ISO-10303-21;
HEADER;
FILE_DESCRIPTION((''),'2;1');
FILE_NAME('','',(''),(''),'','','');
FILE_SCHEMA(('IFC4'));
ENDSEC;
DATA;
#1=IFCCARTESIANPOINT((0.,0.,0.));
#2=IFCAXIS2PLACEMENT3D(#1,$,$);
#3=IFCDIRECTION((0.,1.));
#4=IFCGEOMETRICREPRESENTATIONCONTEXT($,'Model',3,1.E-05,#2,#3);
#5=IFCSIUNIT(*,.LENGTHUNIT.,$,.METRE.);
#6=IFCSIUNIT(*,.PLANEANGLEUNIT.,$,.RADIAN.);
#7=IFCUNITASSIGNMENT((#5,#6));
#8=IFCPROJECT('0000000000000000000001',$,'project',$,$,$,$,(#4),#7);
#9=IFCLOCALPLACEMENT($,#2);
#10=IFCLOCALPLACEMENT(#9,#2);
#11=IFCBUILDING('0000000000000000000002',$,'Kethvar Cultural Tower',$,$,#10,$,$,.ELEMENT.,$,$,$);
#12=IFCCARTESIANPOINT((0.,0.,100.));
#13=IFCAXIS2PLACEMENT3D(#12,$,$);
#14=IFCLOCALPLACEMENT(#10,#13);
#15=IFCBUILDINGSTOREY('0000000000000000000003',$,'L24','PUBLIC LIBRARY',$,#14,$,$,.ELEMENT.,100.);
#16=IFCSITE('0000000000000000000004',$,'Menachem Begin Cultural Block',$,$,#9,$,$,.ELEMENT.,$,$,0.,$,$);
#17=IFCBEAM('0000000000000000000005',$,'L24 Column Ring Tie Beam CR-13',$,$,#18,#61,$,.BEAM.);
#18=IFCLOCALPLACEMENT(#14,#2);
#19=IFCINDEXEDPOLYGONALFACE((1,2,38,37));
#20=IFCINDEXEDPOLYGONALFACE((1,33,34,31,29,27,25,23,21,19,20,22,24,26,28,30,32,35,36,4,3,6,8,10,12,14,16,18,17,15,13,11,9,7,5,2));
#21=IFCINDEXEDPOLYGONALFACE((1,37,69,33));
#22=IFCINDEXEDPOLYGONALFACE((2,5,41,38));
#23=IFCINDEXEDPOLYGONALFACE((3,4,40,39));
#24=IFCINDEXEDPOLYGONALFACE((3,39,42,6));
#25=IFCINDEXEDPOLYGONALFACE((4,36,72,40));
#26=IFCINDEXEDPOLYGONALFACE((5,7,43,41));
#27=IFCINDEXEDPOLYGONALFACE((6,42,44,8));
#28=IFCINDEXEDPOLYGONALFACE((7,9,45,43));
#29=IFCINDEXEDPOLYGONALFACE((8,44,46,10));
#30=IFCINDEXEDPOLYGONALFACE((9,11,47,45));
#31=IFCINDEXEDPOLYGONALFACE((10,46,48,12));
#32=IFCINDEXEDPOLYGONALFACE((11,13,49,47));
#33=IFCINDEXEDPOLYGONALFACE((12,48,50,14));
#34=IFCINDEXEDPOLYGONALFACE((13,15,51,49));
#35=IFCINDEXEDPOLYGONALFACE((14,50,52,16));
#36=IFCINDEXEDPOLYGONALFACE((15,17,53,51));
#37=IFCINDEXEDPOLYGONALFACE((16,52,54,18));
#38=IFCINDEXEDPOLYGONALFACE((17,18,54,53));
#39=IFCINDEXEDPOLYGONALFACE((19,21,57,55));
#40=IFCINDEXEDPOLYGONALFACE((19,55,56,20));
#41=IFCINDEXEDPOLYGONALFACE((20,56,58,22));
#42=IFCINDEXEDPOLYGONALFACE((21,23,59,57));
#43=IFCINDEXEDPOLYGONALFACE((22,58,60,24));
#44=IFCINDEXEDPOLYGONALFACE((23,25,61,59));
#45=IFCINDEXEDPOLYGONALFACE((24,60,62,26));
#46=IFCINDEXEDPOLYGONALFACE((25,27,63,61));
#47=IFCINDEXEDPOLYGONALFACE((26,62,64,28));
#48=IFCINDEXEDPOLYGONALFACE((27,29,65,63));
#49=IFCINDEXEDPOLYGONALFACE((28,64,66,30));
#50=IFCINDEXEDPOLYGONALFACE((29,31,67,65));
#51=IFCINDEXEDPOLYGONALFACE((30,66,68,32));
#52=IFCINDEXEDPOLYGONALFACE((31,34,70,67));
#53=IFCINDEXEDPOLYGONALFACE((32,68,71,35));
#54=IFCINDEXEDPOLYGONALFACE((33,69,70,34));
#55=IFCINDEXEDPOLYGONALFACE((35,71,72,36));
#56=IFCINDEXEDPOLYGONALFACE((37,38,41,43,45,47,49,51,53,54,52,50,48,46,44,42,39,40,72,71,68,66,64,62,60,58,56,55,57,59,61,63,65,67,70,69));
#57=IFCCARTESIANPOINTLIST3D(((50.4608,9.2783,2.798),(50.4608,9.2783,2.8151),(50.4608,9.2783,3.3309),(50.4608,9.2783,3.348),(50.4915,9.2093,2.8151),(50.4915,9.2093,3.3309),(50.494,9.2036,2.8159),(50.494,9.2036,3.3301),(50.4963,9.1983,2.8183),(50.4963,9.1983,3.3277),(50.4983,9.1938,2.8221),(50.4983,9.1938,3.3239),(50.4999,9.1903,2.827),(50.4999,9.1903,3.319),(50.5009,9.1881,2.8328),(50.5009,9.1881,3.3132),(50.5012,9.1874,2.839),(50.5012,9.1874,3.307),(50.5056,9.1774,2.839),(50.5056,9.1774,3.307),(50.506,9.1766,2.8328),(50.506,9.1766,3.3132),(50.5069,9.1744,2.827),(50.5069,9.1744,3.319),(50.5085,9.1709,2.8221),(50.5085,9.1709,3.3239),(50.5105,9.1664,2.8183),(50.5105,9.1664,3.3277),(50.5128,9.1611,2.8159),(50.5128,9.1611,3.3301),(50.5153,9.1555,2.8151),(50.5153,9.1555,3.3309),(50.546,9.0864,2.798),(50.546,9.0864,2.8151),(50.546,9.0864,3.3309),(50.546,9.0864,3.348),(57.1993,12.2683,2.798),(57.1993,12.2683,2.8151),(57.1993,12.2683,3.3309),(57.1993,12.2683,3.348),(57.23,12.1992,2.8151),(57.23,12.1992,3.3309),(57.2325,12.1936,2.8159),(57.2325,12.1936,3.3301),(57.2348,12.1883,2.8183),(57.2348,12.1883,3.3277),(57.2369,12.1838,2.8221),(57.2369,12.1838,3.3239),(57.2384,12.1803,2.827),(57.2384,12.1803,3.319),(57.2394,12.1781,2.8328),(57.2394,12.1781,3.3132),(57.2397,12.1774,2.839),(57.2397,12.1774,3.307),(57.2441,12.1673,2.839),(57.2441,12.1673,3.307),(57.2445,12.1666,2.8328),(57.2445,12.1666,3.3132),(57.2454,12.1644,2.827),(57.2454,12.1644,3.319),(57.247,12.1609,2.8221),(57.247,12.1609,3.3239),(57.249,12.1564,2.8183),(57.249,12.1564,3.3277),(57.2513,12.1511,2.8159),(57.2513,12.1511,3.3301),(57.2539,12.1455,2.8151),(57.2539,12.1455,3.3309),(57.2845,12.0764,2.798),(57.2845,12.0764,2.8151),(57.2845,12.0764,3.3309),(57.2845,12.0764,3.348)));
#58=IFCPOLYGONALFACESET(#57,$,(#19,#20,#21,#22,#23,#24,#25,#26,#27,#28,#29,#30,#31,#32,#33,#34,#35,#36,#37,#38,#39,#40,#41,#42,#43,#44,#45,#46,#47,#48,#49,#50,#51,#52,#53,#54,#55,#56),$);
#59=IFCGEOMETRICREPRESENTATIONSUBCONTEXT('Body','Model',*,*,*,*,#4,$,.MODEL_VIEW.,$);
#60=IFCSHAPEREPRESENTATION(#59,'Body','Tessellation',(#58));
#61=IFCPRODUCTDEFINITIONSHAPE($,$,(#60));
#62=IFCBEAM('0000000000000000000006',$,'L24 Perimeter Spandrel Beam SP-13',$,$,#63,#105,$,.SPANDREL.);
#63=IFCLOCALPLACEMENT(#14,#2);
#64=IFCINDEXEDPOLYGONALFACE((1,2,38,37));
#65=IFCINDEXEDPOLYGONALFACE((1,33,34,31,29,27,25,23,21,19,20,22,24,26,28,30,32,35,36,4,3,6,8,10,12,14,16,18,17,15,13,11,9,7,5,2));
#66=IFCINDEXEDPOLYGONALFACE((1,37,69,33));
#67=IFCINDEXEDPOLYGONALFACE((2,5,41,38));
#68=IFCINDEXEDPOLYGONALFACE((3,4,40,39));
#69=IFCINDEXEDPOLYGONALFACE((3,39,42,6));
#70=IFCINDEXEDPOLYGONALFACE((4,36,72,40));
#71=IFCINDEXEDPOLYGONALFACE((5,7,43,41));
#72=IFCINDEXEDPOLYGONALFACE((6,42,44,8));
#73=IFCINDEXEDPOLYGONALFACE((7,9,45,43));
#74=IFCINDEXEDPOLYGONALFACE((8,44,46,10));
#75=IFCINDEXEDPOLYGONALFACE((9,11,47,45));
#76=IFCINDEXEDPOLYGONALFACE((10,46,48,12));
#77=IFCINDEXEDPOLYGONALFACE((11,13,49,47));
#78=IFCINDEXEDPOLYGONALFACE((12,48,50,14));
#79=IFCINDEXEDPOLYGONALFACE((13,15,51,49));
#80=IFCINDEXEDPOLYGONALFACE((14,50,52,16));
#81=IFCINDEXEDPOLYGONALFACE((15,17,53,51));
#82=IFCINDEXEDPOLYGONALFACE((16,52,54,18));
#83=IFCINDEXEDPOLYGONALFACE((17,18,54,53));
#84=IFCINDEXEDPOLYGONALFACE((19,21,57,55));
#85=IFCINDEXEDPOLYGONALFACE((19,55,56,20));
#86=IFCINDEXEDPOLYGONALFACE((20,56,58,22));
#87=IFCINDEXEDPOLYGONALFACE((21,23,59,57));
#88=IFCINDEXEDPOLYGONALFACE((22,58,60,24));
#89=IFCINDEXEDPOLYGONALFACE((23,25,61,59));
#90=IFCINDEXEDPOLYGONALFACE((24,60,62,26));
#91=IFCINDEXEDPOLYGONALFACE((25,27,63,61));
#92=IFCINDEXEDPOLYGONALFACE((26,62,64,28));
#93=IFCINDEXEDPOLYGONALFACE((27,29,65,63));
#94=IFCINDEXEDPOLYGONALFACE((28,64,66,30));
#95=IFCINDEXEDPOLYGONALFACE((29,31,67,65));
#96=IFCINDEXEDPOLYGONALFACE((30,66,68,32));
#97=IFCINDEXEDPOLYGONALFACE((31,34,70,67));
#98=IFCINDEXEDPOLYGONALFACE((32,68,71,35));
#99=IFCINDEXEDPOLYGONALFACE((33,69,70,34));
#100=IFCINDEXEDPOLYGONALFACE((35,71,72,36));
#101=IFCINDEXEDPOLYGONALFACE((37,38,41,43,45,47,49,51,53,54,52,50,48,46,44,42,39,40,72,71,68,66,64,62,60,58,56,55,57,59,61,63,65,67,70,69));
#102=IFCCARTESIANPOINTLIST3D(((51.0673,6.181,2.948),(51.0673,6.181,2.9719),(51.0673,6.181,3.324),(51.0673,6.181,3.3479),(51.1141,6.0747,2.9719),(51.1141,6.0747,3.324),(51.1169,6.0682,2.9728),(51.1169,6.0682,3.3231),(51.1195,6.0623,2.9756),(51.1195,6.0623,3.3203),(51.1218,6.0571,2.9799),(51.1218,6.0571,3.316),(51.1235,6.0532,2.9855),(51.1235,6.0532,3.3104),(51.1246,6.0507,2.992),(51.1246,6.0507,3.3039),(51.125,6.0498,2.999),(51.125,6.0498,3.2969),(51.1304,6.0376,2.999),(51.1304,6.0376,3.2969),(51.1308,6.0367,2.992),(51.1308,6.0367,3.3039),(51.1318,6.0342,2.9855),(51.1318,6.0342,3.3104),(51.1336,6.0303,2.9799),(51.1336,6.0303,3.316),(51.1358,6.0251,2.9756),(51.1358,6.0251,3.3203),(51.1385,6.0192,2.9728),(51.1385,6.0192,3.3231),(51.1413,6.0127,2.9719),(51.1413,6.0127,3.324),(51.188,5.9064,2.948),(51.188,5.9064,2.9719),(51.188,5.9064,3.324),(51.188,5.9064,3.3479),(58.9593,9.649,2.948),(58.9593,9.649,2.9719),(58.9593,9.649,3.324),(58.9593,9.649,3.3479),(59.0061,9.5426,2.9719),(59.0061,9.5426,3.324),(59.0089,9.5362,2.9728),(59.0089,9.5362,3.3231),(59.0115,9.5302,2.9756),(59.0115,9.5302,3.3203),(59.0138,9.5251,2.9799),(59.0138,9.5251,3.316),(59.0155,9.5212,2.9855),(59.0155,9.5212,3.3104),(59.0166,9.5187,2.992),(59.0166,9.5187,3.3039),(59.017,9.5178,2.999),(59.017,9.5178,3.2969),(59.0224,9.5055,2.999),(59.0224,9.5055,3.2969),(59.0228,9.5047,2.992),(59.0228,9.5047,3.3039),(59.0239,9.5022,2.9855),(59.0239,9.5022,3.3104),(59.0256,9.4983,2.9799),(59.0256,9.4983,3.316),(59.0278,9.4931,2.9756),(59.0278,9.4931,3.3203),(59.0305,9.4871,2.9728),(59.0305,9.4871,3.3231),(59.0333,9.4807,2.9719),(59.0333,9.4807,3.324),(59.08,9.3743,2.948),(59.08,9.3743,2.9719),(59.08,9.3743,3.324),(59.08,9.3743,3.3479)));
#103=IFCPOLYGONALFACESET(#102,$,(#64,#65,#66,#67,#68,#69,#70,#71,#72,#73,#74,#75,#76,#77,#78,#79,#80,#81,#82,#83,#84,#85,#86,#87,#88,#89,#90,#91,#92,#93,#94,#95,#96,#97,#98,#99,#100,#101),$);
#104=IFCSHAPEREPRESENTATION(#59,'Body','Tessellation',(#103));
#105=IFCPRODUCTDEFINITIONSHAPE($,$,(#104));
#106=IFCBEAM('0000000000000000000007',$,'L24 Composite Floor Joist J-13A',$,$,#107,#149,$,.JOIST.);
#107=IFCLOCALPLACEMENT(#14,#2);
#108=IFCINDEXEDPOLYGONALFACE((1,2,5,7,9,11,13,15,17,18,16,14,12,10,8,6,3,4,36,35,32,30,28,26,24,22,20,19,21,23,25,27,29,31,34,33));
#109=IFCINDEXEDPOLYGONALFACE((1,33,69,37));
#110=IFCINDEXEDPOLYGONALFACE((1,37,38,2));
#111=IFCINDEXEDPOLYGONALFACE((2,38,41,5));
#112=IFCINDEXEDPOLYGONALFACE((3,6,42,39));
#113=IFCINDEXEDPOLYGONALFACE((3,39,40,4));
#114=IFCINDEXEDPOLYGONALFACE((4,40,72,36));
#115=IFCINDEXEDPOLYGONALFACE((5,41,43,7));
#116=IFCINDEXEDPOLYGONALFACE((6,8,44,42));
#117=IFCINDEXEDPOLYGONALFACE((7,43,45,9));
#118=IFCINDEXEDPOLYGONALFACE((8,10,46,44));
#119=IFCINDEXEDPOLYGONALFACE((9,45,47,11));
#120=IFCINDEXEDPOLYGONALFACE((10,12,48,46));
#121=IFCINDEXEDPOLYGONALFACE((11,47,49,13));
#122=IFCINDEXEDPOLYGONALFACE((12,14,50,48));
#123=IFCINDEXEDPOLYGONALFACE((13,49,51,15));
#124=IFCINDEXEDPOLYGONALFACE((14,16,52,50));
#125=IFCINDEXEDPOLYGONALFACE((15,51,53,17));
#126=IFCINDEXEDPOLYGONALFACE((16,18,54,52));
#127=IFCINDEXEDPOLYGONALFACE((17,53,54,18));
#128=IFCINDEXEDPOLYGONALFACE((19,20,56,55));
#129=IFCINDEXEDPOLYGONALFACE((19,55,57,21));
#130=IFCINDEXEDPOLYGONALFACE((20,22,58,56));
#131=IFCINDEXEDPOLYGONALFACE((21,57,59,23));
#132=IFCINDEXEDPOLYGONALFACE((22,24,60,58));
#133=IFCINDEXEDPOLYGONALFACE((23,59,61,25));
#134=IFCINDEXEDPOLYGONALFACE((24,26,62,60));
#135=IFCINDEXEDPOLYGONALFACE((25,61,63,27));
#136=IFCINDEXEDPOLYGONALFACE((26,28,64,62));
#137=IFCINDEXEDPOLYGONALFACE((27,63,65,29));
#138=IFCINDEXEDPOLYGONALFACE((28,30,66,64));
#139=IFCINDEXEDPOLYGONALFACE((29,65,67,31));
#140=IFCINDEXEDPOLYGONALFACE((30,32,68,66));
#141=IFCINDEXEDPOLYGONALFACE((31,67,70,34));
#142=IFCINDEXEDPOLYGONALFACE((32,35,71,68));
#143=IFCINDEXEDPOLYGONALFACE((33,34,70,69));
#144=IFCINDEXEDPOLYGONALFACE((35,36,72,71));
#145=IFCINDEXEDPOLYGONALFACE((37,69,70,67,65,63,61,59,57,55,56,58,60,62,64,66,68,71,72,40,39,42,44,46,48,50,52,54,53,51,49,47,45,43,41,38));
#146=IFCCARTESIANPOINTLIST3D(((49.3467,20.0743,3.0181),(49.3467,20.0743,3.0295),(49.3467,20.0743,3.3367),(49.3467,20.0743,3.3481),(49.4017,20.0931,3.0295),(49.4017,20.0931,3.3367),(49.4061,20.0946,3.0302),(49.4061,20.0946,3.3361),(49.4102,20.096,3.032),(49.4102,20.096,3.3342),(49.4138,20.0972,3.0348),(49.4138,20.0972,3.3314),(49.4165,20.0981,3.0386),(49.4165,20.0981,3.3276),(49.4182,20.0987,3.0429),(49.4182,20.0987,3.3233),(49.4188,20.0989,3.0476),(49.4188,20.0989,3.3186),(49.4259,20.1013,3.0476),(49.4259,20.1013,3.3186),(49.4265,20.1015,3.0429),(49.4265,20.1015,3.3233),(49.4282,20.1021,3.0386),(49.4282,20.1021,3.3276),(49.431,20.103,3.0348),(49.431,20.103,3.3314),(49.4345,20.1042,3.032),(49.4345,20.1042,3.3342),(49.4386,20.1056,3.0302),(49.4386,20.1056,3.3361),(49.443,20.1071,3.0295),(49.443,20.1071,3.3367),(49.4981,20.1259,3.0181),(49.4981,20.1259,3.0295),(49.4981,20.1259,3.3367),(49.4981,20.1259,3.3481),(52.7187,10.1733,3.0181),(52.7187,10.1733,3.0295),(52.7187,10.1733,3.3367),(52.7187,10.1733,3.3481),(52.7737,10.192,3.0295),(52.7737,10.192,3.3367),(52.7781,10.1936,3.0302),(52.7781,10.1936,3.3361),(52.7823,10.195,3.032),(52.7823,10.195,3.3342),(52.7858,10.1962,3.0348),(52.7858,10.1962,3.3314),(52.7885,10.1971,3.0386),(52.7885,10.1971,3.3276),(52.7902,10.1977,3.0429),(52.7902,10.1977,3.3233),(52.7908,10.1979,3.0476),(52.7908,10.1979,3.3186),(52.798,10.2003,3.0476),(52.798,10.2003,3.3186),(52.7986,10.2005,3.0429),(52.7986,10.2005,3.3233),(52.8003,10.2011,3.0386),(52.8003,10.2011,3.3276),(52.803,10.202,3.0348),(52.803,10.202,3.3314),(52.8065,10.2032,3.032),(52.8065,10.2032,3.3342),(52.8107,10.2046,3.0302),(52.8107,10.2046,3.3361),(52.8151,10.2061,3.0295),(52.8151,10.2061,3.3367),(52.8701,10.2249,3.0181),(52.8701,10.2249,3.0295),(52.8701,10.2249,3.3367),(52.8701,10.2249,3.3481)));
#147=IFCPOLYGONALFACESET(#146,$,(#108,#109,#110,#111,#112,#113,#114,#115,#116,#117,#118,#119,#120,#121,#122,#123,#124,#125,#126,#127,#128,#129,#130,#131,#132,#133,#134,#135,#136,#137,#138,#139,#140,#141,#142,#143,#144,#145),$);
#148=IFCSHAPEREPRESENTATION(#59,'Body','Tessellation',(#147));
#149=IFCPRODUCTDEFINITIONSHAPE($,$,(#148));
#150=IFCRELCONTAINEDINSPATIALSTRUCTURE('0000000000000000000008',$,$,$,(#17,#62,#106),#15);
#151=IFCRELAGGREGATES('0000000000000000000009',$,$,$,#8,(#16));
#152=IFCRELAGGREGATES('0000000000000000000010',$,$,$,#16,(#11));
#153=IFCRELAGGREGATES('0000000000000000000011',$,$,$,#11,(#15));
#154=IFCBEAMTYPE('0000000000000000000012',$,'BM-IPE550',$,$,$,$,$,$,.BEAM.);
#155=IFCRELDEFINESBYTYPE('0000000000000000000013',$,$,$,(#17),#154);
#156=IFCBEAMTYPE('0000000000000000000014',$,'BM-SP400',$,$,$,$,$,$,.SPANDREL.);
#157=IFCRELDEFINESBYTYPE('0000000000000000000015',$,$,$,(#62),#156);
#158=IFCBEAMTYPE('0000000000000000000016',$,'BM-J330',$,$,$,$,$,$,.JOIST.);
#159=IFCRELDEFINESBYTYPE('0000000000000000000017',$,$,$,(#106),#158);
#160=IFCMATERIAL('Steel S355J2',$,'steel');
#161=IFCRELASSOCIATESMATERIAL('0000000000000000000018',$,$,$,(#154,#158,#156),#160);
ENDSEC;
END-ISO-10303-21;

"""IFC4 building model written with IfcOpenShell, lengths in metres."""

from ifc_helpers import new_model, si_unit, direction, frame, origin, origin_2d, place, context, subcontext, project, spatial, i_section, extrude, source, transform, mapped, material, material_profile, profile_set, type_object, element, save


model = new_model("IFC4")

# Units and contexts
model_context = context("Model", 3, precision=1e-05, world=origin(), true_north=direction((0.0, 1.0)))
body_context = subcontext(model_context, "Body", "Model", "MODEL_VIEW")
ifc_project = project(units=[si_unit("LENGTHUNIT", "METRE"), si_unit("PLANEANGLEUNIT", "RADIAN")], contexts=[model_context])

# Site, building, storey
site_placement = place(None, origin())
site = spatial("IfcSite", under=ifc_project, at=site_placement, Name="Menachem Begin Cultural Block", CompositionType="ELEMENT", RefElevation=0.0)
building_placement = place(site_placement, origin())
building = spatial("IfcBuilding", under=site, at=building_placement, Name="Kethvar Cultural Tower", CompositionType="ELEMENT")
storey_placement = place(building_placement, frame((0.0, 0.0, 100.0)))
storey = spatial("IfcBuildingStorey", under=building, at=storey_placement, Name="L24", Description="PUBLIC LIBRARY", CompositionType="ELEMENT", Elevation=100.0)

# Beams
ifc_material_1 = material(Name="Steel S355J2", Category="steel")
ifc_material_profile_1 = material_profile(ifc_material_1, i_section(OverallWidth=0.21, OverallDepth=0.55, WebThickness=0.011, FlangeThickness=0.0171, FilletRadius=0.0239, at=origin_2d()), Name="Steel S355J2 — IPE550")
ifc_profile_set_1 = profile_set([ifc_material_profile_1], Name="Steel S355J2 — IPE550")
beam_type_1 = type_object("IfcBeamType", Name="BM-IPE550", PredefinedType="BEAM", material=ifc_profile_set_1)
ifc_material_profile_2 = material_profile(ifc_material_1, i_section(OverallWidth=0.1599, OverallDepth=0.3301, WebThickness=0.0076, FlangeThickness=0.0115, FilletRadius=0.0181, at=origin_2d()), Name="Steel S355J2 — IPE330")
ifc_profile_set_2 = profile_set([ifc_material_profile_2], Name="Steel S355J2 — IPE330")
beam_type_2 = type_object("IfcBeamType", Name="BM-J330", PredefinedType="JOIST", material=ifc_profile_set_2)
shared_shape_1 = source(origin(), body_context, "Body", "SweptSolid", [
    extrude(i_section(OverallWidth=0.21, OverallDepth=0.55, WebThickness=0.011, FlangeThickness=0.0171, FilletRadius=0.0239, at=origin_2d()), origin(), (0.0, 0.0, 1.0), 7.3721),
])
beam_1_placement = place(storey_placement, frame((50.5034, 9.1824, 3.073), z_axis=(0.914059, 0.405582, 0.0), x_axis=(-0.405582, 0.914059, 0.0)))
element("IfcBeam", 1, at=beam_1_placement, inside=storey, type_object=beam_type_1, Name="L24 Column Ring Tie Beam CR-13", PredefinedType="BEAM", context=body_context, shape_type="MappedRepresentation", body=[
    mapped(shared_shape_1, transform((0.0, 0.0, 0.0), scale=1.0)),
])
ifc_material_profile_3 = material_profile(ifc_material_1, i_section(OverallWidth=0.3, OverallDepth=0.3999, WebThickness=0.0134, FlangeThickness=0.0239, FilletRadius=0.0271, at=origin_2d()), Name="Steel S355J2 — HEB400")
ifc_profile_set_3 = profile_set([ifc_material_profile_3], Name="Steel S355J2 — HEB400")
beam_type_3 = type_object("IfcBeamType", Name="BM-SP400", PredefinedType="SPANDREL", material=ifc_profile_set_3)
shared_shape_2 = source(origin(), body_context, "Body", "SweptSolid", [
    extrude(i_section(OverallWidth=0.3, OverallDepth=0.3999, WebThickness=0.0134, FlangeThickness=0.0239, FilletRadius=0.0271, at=origin_2d()), origin(), (0.0, 0.0, 1.0), 8.6204),
])
beam_2_placement = place(storey_placement, frame((51.1277, 6.0437, 3.1479), z_axis=(0.915507, 0.402301, 0.0), x_axis=(-0.402301, 0.915507, 0.0)))
element("IfcBeam", 2, at=beam_2_placement, inside=storey, type_object=beam_type_3, Name="L24 Perimeter Spandrel Beam SP-13", PredefinedType="SPANDREL", context=body_context, shape_type="MappedRepresentation", body=[
    mapped(shared_shape_2, transform((0.0, 0.0, 0.0), scale=1.0)),
])
shared_shape_3 = source(origin(), body_context, "Body", "SweptSolid", [
    extrude(i_section(OverallWidth=0.1599, OverallDepth=0.3301, WebThickness=0.0076, FlangeThickness=0.0115, FilletRadius=0.0181, at=origin_2d()), origin(), (0.0, 0.0, 1.0), 10.4595),
])
beam_3_placement = place(storey_placement, frame((49.4224, 20.1001, 3.1831), z_axis=(0.32239, -0.946607, 0.0), x_axis=(0.946607, 0.32239, 0.0)))
element("IfcBeam", 3, at=beam_3_placement, inside=storey, type_object=beam_type_2, Name="L24 Composite Floor Joist J-13A", PredefinedType="JOIST", context=body_context, shape_type="MappedRepresentation", body=[
    mapped(shared_shape_3, transform((0.0, 0.0, 0.0), scale=1.0)),
])

save(model, "model.ifc")
